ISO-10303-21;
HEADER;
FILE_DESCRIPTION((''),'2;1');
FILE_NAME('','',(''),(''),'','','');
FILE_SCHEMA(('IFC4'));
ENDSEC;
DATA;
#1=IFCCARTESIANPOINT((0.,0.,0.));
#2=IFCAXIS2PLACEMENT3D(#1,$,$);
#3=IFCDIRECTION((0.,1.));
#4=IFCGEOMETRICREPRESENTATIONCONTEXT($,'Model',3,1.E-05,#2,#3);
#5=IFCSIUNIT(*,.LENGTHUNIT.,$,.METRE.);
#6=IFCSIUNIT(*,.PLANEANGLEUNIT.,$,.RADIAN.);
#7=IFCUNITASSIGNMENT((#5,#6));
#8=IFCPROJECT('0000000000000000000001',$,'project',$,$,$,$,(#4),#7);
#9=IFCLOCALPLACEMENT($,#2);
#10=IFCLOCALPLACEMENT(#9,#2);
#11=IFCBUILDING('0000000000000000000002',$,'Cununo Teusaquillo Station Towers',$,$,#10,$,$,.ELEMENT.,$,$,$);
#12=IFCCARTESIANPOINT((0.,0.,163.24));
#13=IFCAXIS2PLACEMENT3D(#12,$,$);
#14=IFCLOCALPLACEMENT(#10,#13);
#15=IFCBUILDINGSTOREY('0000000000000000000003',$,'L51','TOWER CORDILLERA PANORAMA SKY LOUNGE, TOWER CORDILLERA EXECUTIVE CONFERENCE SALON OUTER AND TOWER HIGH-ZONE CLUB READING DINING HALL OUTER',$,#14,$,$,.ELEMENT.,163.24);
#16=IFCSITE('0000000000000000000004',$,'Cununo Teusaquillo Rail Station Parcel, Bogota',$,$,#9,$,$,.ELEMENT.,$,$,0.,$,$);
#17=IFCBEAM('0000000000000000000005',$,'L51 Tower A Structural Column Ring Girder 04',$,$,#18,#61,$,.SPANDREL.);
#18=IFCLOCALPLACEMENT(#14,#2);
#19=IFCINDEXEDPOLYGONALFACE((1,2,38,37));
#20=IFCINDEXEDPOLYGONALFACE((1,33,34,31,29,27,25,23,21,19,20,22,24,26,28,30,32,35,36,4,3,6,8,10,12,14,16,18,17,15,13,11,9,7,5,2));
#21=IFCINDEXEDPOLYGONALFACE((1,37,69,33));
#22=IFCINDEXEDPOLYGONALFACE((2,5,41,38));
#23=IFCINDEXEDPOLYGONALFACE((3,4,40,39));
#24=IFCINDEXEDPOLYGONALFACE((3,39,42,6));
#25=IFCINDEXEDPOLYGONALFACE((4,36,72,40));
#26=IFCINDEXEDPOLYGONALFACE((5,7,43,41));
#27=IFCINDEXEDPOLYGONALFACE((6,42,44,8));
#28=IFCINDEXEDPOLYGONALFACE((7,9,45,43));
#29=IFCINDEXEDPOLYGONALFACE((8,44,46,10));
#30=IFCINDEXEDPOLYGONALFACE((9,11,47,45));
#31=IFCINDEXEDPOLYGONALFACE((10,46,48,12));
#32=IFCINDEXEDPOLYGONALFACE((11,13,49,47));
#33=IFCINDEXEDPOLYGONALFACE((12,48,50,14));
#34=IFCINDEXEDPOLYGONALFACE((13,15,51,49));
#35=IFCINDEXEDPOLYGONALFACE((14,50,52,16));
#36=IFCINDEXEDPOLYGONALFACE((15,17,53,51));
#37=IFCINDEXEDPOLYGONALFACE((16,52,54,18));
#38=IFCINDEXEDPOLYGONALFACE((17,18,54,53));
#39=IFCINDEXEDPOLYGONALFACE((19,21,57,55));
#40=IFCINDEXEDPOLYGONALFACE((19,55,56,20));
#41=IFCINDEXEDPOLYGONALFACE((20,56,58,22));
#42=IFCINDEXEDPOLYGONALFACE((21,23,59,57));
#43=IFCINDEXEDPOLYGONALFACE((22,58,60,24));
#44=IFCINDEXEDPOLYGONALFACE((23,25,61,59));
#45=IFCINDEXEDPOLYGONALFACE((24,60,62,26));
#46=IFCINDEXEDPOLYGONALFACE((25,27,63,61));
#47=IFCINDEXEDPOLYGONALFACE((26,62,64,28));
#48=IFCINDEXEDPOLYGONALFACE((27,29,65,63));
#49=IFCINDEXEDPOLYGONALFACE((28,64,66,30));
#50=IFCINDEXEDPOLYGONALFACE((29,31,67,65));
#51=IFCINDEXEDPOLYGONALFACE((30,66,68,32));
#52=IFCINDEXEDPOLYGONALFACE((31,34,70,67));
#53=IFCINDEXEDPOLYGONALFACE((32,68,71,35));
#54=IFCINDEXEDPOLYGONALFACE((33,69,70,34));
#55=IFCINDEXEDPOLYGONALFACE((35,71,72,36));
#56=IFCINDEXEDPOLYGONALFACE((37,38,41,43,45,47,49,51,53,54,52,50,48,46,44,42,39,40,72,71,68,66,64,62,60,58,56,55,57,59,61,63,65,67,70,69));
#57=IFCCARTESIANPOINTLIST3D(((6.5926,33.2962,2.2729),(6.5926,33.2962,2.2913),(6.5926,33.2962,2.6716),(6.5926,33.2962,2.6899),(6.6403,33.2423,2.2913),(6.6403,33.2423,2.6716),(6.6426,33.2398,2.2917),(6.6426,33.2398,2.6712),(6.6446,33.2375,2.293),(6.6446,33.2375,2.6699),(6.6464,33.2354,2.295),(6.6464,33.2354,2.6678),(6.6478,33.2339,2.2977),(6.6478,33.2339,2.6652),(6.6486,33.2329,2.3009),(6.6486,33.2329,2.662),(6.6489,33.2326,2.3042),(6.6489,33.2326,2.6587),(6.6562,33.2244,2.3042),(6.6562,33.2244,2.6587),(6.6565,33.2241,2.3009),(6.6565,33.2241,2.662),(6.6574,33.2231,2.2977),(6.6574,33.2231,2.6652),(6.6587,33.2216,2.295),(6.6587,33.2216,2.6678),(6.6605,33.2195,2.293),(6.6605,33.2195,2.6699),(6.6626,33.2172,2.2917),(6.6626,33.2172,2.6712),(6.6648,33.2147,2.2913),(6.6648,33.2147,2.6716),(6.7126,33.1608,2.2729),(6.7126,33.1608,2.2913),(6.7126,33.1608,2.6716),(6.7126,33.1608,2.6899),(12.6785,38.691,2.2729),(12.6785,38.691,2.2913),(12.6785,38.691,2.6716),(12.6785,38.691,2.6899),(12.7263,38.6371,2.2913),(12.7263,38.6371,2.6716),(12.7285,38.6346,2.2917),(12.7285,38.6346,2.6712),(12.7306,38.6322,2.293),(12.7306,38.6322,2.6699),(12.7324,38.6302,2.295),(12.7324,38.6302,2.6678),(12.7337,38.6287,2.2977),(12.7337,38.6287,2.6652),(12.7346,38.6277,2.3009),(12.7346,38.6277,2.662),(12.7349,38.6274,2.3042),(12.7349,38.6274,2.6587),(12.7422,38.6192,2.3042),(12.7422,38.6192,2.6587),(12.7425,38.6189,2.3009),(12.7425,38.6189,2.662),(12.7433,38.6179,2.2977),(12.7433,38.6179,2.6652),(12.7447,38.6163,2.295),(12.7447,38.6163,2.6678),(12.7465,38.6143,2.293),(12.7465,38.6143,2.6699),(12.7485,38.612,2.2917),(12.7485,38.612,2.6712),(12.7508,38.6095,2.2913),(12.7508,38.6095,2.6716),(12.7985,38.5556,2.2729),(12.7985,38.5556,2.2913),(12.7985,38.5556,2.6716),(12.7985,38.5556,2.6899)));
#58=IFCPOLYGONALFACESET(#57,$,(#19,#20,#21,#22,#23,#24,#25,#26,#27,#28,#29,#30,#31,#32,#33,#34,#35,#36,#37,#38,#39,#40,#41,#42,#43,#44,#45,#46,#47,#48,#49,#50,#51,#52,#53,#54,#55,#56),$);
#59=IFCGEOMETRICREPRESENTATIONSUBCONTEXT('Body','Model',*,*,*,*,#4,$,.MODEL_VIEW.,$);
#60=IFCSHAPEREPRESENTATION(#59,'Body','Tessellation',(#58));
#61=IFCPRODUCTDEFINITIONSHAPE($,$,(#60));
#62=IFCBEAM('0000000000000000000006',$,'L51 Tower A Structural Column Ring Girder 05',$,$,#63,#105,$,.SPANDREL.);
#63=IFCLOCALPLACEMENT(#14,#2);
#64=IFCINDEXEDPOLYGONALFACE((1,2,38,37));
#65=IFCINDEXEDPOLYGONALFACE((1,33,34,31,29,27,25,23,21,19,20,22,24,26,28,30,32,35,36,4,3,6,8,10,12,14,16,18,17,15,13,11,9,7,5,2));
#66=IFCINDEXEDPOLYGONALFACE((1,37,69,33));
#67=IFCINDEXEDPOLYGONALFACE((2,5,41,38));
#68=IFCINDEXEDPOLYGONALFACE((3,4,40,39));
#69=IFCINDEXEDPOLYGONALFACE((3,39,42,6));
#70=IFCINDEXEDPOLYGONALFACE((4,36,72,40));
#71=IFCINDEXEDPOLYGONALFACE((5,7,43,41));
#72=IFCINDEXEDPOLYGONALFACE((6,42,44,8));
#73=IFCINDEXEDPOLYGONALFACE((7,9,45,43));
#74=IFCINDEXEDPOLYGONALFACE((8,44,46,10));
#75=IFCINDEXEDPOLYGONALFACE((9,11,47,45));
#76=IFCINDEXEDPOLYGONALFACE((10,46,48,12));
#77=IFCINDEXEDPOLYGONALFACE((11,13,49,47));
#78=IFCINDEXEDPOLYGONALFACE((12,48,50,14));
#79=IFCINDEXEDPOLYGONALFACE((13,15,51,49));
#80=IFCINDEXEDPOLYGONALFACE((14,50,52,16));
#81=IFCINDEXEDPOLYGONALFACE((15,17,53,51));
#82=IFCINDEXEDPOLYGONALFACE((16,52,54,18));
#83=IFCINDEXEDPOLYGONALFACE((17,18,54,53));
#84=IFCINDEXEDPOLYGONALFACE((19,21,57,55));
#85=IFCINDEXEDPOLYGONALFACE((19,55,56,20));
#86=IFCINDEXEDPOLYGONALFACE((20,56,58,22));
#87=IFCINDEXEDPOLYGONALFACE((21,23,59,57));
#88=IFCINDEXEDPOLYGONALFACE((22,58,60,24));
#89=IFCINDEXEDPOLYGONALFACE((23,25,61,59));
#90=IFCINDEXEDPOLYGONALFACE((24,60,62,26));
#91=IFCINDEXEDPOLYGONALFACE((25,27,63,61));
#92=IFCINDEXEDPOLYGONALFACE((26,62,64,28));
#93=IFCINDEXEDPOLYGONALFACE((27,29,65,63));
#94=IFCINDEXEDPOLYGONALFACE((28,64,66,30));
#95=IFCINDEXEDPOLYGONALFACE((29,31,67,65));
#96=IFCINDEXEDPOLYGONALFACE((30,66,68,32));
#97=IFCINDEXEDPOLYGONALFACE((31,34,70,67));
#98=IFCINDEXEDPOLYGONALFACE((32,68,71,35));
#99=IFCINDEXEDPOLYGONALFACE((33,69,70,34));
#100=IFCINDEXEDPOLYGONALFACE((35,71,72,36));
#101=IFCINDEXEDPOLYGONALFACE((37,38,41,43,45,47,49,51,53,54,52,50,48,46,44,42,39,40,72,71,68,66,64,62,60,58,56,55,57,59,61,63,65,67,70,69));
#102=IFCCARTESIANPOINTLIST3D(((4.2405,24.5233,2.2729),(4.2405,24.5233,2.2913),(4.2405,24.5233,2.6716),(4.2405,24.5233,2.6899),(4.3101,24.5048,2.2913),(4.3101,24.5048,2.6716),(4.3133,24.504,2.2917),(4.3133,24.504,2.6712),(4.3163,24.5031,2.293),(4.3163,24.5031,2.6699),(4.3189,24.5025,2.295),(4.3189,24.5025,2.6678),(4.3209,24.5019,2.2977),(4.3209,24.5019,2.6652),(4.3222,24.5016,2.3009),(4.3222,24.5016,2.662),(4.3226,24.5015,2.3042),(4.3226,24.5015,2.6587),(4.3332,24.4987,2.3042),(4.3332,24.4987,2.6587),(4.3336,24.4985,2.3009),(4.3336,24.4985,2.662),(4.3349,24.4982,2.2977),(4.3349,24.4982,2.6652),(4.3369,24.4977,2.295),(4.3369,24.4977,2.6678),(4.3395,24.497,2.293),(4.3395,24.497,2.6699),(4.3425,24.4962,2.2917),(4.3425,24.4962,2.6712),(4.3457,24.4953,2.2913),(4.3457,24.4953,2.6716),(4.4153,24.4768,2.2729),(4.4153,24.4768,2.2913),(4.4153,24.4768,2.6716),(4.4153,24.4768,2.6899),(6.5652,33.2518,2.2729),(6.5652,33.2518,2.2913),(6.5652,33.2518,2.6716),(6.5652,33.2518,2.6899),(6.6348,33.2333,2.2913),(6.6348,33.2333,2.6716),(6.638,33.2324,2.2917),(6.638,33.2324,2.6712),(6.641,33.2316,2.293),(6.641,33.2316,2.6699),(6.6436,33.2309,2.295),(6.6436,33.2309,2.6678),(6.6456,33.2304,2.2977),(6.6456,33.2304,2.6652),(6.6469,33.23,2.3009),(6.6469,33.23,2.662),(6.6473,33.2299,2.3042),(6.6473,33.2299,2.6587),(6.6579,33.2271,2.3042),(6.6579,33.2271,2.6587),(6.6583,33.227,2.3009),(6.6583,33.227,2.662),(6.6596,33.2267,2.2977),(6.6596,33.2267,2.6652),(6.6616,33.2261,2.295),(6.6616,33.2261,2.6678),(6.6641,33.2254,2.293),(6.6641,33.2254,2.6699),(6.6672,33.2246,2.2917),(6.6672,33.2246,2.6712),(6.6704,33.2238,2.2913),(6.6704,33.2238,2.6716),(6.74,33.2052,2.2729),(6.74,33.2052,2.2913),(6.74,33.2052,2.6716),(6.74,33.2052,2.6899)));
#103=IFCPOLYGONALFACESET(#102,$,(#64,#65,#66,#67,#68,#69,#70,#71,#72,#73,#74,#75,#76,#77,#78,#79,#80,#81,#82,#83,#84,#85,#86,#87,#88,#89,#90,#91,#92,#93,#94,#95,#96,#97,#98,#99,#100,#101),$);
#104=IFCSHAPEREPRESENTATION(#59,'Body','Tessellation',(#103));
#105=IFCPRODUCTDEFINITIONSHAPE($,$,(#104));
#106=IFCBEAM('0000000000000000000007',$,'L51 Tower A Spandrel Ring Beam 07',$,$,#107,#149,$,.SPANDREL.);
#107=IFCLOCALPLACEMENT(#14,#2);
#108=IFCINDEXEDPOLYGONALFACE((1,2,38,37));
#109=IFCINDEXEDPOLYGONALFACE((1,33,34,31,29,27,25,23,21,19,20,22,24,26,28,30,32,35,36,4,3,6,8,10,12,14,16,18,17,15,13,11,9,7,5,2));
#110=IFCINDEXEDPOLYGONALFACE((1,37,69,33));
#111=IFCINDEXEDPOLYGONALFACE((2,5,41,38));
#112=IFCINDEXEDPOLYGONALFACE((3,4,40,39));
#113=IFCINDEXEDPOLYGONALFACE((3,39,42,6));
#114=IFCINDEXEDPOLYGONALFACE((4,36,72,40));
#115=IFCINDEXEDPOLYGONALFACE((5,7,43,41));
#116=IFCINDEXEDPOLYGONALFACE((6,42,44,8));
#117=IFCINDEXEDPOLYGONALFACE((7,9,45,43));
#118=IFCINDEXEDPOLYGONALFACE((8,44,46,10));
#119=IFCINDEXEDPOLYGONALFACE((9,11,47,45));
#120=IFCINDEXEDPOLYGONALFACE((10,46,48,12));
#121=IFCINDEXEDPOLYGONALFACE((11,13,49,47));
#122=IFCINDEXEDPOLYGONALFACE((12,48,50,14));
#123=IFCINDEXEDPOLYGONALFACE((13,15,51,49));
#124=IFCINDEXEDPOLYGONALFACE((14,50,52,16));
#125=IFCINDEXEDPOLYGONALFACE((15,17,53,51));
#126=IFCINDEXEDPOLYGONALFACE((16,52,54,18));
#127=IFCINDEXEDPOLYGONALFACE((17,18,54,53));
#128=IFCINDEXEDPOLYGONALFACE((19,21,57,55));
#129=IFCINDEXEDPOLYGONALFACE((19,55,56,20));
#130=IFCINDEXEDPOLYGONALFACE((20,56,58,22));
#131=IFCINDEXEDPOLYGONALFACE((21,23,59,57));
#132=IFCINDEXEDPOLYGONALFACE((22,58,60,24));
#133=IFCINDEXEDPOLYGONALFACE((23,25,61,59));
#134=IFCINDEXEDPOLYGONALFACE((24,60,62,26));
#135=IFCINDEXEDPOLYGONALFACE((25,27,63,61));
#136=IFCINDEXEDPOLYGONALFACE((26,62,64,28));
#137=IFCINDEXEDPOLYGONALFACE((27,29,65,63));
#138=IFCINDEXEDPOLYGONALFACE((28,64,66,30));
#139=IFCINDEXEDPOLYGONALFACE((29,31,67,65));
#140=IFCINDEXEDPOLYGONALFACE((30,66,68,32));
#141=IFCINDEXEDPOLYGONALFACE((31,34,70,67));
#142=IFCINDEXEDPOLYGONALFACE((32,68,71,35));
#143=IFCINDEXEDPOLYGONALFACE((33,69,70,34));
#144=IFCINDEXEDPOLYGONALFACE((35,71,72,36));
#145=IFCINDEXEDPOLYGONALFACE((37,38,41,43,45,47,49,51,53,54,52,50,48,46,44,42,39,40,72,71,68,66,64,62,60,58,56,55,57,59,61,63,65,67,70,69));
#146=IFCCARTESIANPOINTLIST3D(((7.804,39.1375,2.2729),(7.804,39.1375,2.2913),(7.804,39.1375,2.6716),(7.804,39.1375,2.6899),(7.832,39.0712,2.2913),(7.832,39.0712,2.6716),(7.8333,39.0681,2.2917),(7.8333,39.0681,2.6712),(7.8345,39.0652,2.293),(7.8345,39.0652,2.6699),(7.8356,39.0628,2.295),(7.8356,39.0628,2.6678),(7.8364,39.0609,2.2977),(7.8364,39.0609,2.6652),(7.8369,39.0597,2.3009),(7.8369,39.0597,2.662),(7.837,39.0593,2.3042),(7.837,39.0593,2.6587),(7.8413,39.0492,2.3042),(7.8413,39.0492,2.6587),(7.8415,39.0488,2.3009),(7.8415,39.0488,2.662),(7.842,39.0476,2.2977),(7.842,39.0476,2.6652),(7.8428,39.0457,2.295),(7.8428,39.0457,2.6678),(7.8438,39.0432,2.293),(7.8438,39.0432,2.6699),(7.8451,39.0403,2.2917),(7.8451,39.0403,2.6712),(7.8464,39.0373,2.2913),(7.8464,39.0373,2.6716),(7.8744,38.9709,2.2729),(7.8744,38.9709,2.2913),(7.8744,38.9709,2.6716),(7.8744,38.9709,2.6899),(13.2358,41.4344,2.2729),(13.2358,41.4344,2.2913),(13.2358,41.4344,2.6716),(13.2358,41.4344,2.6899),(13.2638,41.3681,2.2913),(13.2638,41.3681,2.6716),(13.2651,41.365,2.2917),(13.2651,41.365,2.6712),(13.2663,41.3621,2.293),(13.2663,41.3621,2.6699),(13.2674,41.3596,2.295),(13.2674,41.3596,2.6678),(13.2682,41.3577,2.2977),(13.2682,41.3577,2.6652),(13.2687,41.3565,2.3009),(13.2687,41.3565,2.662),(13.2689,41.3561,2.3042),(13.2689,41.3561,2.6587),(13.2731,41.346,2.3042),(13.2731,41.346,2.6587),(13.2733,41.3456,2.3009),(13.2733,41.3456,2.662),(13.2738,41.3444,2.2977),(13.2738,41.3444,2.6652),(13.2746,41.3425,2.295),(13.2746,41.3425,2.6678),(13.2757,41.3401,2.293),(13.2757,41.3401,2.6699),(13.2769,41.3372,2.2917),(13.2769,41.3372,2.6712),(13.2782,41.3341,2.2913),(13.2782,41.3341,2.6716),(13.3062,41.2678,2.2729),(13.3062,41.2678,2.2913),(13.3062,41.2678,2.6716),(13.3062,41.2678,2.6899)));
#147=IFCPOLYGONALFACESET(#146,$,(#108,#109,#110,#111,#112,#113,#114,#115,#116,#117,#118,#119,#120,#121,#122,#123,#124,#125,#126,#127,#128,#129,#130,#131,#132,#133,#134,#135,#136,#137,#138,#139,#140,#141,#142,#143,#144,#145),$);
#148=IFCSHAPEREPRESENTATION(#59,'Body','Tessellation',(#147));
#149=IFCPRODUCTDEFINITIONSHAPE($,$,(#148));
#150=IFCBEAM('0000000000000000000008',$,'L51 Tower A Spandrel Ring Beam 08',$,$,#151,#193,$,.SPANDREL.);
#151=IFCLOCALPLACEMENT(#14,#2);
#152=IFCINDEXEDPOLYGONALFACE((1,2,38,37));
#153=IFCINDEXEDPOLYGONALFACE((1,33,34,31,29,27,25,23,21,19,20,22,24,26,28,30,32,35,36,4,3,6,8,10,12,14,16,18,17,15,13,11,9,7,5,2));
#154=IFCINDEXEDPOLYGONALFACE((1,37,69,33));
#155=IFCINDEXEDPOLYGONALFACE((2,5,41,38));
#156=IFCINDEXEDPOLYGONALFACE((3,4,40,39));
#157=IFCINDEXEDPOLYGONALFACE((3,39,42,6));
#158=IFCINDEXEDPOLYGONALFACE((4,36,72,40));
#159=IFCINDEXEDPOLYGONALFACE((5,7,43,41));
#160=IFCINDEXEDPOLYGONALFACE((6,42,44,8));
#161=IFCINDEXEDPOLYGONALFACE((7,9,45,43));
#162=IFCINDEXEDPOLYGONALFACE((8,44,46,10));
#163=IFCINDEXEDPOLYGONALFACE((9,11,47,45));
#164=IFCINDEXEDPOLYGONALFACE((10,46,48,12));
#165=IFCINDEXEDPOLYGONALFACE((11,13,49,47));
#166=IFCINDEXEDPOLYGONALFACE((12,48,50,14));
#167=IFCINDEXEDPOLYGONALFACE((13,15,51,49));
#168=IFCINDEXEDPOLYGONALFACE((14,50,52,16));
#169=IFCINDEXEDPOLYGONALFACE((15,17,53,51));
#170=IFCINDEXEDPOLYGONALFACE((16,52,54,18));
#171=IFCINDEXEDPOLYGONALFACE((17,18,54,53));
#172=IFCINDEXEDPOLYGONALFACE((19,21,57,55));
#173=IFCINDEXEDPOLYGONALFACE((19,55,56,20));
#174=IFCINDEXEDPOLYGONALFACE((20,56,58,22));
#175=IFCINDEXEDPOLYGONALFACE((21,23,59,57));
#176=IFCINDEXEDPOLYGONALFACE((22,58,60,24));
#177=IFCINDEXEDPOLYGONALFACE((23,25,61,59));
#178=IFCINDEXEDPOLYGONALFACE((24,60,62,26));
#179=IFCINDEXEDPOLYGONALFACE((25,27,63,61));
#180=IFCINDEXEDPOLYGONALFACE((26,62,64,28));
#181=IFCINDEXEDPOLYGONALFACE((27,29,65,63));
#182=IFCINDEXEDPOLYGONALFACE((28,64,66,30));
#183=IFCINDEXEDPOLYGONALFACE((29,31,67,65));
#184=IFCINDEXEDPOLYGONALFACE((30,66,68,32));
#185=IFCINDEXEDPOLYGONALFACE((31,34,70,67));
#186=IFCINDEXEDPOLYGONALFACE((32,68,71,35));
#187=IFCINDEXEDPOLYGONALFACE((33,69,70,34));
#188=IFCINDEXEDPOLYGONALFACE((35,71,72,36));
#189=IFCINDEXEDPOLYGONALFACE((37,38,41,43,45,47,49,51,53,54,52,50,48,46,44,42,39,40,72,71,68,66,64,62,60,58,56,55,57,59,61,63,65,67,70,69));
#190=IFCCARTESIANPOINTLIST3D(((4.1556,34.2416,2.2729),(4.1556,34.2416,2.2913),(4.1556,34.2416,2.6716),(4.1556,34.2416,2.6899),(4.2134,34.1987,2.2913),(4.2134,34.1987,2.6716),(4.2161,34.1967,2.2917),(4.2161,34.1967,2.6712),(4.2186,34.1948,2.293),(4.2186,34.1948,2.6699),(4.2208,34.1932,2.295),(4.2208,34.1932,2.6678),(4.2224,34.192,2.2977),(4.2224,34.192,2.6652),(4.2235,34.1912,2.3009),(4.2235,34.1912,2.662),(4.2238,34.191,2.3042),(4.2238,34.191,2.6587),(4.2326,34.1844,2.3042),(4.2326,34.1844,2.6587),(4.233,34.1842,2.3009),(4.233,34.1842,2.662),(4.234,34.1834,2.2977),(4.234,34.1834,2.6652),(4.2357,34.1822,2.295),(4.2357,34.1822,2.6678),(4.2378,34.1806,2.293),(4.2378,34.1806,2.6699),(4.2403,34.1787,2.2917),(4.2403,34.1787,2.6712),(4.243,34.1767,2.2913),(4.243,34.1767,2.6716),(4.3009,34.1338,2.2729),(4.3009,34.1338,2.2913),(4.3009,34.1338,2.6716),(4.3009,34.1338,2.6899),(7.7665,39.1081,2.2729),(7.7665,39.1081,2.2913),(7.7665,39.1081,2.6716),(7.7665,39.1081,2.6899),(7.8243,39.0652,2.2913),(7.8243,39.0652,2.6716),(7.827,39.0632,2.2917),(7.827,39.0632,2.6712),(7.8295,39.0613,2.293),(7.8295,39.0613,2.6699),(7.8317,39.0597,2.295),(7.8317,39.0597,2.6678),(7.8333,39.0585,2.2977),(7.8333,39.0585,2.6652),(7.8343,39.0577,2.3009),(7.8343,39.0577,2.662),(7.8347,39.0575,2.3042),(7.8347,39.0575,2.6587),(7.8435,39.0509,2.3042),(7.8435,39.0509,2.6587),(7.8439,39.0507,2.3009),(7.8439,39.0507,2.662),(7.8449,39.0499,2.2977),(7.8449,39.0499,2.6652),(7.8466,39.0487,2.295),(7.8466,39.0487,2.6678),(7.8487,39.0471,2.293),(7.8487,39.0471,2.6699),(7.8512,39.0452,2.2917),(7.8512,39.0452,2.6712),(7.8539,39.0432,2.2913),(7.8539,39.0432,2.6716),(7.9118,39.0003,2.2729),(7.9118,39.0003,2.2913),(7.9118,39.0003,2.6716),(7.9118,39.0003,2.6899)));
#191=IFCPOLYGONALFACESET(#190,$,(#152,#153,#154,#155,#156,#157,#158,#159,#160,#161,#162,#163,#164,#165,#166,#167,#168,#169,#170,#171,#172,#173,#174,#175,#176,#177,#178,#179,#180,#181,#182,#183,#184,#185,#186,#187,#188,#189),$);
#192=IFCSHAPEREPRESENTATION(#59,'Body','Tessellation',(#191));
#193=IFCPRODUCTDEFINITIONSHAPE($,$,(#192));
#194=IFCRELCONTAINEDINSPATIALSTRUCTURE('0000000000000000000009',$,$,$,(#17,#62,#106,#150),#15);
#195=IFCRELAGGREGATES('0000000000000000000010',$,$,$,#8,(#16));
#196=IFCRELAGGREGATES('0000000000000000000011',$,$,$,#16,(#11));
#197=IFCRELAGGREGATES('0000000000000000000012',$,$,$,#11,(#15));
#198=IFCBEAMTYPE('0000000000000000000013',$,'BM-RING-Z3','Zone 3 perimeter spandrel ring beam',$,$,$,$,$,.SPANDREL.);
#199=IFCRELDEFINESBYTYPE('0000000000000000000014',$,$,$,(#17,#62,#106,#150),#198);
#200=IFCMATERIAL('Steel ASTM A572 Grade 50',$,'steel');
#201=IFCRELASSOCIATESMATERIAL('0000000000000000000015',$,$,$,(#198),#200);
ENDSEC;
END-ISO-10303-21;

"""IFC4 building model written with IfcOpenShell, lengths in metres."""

from ifc_helpers import new_model, si_unit, direction, frame, origin, origin_2d, place, context, subcontext, project, spatial, i_section, extrude, material, material_profile, profile_set, type_object, element, save


model = new_model("IFC4")

# Units and contexts
model_context = context("Model", 3, precision=1e-05, world=origin(), true_north=direction((0.0, 1.0)))
body_context = subcontext(model_context, "Body", "Model", "MODEL_VIEW")
ifc_project = project(units=[si_unit("LENGTHUNIT", "METRE"), si_unit("PLANEANGLEUNIT", "RADIAN")], contexts=[model_context])

# Site, building, storey
site_placement = place(None, origin())
site = spatial("IfcSite", under=ifc_project, at=site_placement, Name="Cununo Teusaquillo Rail Station Parcel, Bogota", CompositionType="ELEMENT", RefElevation=0.0)
building_placement = place(site_placement, origin())
building = spatial("IfcBuilding", under=site, at=building_placement, Name="Cununo Teusaquillo Station Towers", CompositionType="ELEMENT")
storey_placement = place(building_placement, frame((0.0, 0.0, 163.24)))
storey = spatial("IfcBuildingStorey", under=building, at=storey_placement, Name="L51", Description="TOWER CORDILLERA PANORAMA SKY LOUNGE, TOWER CORDILLERA EXECUTIVE CONFERENCE SALON OUTER AND TOWER HIGH-ZONE CLUB READING DINING HALL OUTER", CompositionType="ELEMENT", Elevation=163.24)

# Beams
ifc_material_1 = material(Name="Steel ASTM A572 Grade 50", Category="steel")
ifc_material_profile_1 = material_profile(ifc_material_1, i_section(OverallWidth=0.1809, OverallDepth=0.417, WebThickness=0.011, FlangeThickness=0.0183, FilletRadius=0.0129, at=origin_2d()), Name="W16X57")
ifc_profile_set_1 = profile_set([ifc_material_profile_1], Name="Steel ASTM A572 Grade 50")
beam_type_1 = type_object("IfcBeamType", Name="BM-RING-Z3", Description="Zone 3 perimeter spandrel ring beam", PredefinedType="SPANDREL", material=ifc_profile_set_1)
beam_1_placement = place(storey_placement, frame((12.7385, 38.6233, 2.4814), z_axis=(-0.748321, -0.663337, 0.0), x_axis=(0.663337, -0.748321, 0.0)))
element("IfcBeam", 1, at=beam_1_placement, inside=storey, type_object=beam_type_1, Name="L51 Tower A Structural Column Ring Girder 04", PredefinedType="SPANDREL", context=body_context, shape_type="SweptSolid", body=[
    extrude(i_section(OverallWidth=0.1809, OverallDepth=0.417, WebThickness=0.011, FlangeThickness=0.0183, FilletRadius=0.0129, at=origin_2d()), origin(), (0.0, 0.0, 1.0), 8.1328),
])
beam_2_placement = place(storey_placement, frame((6.6526, 33.2285, 2.4814), z_axis=(-0.257363, -0.966315, 0.0), x_axis=(0.966315, -0.257363, 0.0)))
element("IfcBeam", 2, at=beam_2_placement, inside=storey, type_object=beam_type_1, Name="L51 Tower A Structural Column Ring Girder 05", PredefinedType="SPANDREL", context=body_context, shape_type="SweptSolid", body=[
    extrude(i_section(OverallWidth=0.1809, OverallDepth=0.417, WebThickness=0.011, FlangeThickness=0.0183, FilletRadius=0.0129, at=origin_2d()), origin(), (0.0, 0.0, 1.0), 9.0327),
])
beam_3_placement = place(storey_placement, frame((13.271, 41.3511, 2.4814), z_axis=(-0.921042, -0.389463, 0.0), x_axis=(0.389463, -0.921042, 0.0)))
element("IfcBeam", 3, at=beam_3_placement, inside=storey, type_object=beam_type_1, Name="L51 Tower A Spandrel Ring Beam 07", PredefinedType="SPANDREL", context=body_context, shape_type="SweptSolid", body=[
    extrude(i_section(OverallWidth=0.1809, OverallDepth=0.417, WebThickness=0.011, FlangeThickness=0.0183, FilletRadius=0.0129, at=origin_2d()), origin(), (0.0, 0.0, 1.0), 5.8975),
])
beam_4_placement = place(storey_placement, frame((7.8391, 39.0542, 2.4814), z_axis=(-0.595873, -0.803079, 0.0), x_axis=(0.803079, -0.595873, 0.0)))
element("IfcBeam", 4, at=beam_4_placement, inside=storey, type_object=beam_type_1, Name="L51 Tower A Spandrel Ring Beam 08", PredefinedType="SPANDREL", context=body_context, shape_type="SweptSolid", body=[
    extrude(i_section(OverallWidth=0.1809, OverallDepth=0.417, WebThickness=0.011, FlangeThickness=0.0183, FilletRadius=0.0129, at=origin_2d()), origin(), (0.0, 0.0, 1.0), 6.0598),
])

save(model, "model.ifc")
